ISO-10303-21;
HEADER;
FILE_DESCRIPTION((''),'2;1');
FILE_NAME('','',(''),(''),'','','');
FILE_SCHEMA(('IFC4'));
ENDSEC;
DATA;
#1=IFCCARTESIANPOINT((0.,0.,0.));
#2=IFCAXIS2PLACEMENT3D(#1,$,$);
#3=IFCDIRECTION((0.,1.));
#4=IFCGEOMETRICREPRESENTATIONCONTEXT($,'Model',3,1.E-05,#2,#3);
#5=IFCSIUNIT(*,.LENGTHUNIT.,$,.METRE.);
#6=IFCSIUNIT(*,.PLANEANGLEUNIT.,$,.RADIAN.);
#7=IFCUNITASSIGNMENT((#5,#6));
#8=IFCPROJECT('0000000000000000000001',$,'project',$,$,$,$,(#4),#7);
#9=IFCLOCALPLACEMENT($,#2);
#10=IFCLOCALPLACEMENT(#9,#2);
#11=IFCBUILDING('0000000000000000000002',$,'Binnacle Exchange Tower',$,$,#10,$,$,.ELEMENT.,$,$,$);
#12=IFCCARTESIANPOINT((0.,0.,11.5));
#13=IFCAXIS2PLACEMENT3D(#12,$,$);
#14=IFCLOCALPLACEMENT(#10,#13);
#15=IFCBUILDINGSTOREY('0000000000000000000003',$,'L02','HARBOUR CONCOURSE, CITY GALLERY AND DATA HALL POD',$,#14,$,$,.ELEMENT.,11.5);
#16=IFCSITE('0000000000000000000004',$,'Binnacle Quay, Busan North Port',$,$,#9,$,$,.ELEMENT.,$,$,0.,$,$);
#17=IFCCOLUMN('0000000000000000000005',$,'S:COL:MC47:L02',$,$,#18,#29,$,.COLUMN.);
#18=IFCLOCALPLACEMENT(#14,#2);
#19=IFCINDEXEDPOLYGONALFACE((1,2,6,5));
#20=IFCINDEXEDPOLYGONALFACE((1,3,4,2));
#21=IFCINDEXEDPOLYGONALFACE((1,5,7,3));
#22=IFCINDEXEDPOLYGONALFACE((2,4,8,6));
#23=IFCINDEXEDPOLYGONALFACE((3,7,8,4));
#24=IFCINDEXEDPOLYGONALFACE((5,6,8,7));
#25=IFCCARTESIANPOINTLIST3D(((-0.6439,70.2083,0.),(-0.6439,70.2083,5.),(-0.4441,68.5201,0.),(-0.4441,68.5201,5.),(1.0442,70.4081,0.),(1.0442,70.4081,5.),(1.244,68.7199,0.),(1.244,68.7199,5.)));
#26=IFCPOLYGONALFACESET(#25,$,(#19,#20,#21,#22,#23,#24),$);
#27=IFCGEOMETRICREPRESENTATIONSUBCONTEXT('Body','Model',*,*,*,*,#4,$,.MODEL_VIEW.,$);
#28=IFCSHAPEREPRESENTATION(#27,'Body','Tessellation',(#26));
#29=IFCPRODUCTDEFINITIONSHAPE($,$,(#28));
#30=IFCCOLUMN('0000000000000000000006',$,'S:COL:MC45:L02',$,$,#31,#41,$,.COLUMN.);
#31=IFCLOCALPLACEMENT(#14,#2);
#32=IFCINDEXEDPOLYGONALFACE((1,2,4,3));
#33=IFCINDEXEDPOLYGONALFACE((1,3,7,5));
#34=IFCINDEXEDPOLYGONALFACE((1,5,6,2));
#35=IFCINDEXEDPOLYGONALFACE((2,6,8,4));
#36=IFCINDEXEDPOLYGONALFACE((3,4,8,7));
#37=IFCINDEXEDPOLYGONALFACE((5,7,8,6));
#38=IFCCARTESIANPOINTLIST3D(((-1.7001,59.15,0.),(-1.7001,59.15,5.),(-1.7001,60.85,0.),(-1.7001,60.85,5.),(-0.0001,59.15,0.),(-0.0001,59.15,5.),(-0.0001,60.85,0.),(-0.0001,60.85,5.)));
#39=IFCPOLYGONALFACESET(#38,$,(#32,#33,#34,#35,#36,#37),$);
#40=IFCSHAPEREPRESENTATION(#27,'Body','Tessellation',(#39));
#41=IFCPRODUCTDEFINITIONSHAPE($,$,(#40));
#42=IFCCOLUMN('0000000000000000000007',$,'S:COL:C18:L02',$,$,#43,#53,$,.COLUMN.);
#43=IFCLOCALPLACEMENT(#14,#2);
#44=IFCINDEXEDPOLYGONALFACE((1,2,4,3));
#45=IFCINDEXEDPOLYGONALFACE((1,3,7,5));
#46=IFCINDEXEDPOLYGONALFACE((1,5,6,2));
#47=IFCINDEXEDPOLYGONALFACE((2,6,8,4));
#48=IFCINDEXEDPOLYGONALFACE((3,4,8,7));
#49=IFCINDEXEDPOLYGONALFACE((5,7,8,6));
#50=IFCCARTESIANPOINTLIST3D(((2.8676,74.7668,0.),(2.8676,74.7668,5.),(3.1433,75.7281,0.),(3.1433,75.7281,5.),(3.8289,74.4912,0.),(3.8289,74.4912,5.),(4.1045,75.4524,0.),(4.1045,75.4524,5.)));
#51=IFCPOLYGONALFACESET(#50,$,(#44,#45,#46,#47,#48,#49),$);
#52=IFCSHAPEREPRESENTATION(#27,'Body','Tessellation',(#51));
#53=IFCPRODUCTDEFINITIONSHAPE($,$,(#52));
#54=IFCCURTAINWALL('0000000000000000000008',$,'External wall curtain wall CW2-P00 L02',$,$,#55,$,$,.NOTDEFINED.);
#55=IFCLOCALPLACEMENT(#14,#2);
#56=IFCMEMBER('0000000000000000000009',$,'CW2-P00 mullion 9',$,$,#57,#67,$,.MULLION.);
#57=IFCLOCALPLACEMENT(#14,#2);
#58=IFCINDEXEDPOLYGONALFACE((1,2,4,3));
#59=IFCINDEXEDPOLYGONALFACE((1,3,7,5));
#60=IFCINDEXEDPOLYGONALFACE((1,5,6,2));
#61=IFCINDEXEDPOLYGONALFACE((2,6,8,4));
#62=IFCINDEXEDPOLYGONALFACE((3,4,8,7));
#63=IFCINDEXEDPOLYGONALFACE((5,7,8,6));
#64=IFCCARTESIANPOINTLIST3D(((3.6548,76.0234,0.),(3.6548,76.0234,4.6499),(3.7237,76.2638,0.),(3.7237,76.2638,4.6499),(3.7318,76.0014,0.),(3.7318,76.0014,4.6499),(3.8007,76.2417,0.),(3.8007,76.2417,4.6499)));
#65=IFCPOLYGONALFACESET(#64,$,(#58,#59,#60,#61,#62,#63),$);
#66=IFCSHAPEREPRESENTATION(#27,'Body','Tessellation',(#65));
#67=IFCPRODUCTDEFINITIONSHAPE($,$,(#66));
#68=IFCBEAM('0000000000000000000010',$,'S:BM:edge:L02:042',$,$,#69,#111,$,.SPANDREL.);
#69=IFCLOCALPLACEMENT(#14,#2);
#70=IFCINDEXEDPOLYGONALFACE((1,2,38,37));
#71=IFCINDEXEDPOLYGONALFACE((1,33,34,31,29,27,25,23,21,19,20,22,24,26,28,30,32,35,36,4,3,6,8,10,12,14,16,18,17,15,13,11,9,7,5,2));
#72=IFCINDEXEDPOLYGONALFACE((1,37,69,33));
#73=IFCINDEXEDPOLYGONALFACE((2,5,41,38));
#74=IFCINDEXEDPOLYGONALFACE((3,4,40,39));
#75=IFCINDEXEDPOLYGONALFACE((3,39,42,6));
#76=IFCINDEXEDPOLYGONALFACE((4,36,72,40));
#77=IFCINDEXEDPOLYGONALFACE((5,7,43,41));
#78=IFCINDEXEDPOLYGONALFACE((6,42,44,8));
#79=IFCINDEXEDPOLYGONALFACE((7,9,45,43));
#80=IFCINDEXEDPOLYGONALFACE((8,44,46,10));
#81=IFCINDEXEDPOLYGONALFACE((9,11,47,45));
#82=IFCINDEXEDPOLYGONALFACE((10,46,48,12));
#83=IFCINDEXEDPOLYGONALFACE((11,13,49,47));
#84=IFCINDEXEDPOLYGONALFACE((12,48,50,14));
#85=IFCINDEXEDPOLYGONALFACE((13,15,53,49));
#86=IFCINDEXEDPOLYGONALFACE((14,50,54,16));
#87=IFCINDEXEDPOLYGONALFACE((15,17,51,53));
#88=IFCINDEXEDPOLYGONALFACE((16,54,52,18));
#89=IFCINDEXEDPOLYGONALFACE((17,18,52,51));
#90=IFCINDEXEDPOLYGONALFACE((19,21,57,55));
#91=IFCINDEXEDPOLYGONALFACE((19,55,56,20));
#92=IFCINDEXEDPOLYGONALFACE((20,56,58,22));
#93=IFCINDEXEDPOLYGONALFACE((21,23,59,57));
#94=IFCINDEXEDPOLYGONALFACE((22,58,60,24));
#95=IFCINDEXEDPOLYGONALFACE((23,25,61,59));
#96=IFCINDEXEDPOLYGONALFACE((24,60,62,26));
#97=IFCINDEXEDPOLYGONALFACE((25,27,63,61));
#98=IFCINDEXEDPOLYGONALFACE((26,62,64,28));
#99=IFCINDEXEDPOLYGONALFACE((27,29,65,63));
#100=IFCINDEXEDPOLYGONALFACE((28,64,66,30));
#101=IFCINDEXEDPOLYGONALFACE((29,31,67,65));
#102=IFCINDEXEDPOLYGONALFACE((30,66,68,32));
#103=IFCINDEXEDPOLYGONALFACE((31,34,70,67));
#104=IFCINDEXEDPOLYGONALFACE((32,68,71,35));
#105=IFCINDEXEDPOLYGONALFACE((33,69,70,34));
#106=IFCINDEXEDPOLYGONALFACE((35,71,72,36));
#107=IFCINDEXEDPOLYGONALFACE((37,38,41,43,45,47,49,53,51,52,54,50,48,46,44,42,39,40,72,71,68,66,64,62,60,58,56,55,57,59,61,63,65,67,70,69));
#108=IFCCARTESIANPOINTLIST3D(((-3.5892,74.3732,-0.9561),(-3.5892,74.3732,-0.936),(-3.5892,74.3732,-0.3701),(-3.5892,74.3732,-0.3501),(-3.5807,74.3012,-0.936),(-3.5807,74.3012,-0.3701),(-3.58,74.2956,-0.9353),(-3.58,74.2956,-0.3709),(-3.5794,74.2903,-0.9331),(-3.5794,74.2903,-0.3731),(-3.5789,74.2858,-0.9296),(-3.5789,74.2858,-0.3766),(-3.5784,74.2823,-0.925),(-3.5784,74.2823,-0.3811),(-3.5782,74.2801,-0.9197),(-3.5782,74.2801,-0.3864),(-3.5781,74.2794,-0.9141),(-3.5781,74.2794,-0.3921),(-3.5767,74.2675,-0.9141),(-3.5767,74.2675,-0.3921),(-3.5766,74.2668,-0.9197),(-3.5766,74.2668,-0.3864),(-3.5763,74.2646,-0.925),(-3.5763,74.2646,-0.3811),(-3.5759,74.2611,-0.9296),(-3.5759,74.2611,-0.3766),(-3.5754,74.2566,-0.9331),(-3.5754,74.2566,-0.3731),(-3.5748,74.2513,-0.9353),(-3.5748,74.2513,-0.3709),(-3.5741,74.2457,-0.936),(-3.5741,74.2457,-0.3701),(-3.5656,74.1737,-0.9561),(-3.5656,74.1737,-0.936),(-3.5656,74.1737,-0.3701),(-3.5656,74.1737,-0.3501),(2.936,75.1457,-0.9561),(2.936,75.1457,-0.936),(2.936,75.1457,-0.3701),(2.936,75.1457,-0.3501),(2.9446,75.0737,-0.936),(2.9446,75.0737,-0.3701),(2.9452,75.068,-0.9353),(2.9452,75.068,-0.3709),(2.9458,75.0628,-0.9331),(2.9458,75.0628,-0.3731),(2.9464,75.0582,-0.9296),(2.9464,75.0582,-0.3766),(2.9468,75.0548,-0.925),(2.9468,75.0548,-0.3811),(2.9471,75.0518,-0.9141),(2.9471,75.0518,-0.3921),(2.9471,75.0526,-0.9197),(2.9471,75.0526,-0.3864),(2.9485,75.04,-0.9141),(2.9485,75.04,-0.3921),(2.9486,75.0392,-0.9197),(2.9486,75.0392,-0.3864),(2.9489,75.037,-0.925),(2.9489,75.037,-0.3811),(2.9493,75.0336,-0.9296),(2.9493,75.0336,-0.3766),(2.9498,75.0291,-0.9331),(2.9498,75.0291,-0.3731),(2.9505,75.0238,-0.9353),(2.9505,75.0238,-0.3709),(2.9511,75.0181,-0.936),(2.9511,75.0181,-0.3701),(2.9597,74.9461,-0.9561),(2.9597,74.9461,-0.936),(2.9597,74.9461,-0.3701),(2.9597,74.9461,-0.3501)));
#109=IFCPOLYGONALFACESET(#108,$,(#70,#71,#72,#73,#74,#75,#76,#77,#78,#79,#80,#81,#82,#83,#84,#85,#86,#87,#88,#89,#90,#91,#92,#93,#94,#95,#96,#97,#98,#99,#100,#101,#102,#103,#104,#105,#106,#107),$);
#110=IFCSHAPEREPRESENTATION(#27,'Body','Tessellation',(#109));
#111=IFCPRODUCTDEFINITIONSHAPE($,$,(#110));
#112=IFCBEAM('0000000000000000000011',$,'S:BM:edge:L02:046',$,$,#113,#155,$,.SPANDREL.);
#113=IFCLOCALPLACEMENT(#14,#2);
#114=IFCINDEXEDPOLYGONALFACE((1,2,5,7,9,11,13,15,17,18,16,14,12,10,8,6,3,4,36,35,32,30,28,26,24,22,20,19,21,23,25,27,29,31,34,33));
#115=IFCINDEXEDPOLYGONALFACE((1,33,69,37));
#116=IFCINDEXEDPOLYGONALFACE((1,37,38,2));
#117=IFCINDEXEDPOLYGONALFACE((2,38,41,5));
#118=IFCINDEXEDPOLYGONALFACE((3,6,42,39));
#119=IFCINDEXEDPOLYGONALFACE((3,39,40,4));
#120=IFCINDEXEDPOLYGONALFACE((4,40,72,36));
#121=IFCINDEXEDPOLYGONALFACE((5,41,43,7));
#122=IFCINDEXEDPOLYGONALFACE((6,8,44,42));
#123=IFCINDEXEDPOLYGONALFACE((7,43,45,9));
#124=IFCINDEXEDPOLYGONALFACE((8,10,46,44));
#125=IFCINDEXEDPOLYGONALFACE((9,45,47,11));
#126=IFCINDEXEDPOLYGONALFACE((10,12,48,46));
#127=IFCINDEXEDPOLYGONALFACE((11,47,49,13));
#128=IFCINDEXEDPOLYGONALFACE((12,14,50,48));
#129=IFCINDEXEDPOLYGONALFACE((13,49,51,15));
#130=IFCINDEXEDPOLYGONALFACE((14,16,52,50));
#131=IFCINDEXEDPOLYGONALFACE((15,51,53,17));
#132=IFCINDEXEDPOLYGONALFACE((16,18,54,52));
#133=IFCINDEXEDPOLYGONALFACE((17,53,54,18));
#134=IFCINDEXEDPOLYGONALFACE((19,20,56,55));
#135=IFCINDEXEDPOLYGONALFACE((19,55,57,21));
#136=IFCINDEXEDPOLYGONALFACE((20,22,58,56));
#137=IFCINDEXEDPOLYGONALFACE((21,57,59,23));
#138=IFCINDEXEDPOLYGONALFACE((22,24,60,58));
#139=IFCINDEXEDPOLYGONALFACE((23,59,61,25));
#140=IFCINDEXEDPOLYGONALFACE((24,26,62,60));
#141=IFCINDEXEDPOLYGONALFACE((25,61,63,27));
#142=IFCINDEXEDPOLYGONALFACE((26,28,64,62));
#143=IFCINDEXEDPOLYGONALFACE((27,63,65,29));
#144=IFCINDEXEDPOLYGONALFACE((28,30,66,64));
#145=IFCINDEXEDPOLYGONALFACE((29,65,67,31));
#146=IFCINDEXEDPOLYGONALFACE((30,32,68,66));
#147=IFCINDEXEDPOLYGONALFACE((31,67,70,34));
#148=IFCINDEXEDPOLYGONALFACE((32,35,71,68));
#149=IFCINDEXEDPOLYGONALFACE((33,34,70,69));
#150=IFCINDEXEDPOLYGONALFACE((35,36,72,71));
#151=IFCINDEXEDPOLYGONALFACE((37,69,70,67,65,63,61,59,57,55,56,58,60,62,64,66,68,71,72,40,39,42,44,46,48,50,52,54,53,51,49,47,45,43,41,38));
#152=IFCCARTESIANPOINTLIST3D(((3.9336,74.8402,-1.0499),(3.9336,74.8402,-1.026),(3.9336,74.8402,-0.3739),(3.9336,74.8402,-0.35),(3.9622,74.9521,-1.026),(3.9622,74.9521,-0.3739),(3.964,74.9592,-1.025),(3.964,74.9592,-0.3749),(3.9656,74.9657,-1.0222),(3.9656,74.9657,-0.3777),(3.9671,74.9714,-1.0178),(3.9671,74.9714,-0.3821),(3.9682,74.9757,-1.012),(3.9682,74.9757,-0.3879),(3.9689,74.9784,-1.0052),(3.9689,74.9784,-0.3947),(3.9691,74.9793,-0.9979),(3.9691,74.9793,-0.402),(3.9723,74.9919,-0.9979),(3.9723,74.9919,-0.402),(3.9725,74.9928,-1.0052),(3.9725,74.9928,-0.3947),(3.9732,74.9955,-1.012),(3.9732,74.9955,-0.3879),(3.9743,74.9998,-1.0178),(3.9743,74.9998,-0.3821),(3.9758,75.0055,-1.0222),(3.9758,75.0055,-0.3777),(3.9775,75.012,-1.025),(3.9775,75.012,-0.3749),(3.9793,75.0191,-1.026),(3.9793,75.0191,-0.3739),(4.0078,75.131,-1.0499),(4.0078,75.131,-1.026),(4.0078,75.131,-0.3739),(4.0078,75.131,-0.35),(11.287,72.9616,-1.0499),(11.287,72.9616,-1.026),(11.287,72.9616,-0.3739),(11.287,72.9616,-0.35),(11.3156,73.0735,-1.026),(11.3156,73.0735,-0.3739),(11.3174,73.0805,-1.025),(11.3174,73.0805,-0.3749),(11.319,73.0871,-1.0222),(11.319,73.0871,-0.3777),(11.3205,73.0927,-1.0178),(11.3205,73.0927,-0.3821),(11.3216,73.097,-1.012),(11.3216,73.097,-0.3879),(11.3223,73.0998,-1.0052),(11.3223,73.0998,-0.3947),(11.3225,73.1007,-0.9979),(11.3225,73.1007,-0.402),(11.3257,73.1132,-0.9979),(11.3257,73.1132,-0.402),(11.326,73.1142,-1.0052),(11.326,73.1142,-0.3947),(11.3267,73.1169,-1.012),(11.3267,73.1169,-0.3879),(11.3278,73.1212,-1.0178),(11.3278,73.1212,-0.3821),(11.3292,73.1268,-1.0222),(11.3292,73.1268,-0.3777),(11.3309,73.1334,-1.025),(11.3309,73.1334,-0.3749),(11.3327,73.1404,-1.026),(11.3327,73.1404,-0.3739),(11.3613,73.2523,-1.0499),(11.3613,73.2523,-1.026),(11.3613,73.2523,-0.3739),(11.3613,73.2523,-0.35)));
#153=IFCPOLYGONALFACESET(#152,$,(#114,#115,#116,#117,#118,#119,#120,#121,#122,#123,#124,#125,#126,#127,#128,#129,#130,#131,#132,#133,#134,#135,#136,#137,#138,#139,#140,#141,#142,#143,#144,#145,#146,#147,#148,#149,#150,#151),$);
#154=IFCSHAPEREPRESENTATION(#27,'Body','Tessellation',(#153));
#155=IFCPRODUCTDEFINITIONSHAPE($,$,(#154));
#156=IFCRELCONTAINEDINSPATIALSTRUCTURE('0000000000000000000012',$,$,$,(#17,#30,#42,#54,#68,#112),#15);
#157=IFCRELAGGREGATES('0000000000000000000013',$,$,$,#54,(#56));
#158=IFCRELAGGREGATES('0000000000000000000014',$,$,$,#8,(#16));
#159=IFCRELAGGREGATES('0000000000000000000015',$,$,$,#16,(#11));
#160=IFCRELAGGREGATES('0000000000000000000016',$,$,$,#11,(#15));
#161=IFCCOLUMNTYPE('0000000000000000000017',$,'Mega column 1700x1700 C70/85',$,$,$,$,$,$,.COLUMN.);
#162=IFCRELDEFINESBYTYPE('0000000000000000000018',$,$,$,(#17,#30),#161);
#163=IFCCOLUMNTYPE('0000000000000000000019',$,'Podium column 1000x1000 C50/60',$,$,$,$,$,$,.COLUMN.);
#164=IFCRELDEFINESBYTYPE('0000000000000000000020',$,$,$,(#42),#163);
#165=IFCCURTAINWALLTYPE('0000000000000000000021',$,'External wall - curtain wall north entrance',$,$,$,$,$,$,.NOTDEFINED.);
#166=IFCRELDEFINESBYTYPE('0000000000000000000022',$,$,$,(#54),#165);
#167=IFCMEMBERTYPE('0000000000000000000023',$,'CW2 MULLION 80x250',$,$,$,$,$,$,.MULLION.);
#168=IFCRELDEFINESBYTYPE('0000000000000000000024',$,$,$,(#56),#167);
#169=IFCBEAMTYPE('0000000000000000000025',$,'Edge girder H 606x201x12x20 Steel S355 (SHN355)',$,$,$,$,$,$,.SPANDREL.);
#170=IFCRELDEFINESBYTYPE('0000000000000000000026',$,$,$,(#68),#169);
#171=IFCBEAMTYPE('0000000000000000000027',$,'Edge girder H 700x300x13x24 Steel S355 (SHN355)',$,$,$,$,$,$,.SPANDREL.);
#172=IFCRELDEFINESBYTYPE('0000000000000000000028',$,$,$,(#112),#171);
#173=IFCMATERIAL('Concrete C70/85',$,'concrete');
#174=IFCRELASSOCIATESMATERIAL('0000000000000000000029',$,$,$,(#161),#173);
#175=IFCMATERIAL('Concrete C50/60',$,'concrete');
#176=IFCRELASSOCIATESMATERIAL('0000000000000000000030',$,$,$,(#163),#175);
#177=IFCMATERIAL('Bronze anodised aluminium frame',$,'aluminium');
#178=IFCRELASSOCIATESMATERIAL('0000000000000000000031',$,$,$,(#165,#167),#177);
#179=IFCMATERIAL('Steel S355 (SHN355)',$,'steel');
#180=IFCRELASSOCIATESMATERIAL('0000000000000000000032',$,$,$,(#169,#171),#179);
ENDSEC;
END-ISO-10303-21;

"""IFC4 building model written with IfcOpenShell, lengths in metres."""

from ifc_helpers import new_model, si_unit, direction, frame, origin, origin_2d, place, context, subcontext, project, spatial, rectangle, i_section, extrude, material, material_profile, profile_set, type_object, element, aggregate, save


model = new_model("IFC4")

# Units and contexts
model_context = context("Model", 3, precision=1e-05, world=origin(), true_north=direction((0.0, 1.0)))
body_context = subcontext(model_context, "Body", "Model", "MODEL_VIEW")
ifc_project = project(units=[si_unit("LENGTHUNIT", "METRE"), si_unit("PLANEANGLEUNIT", "RADIAN")], contexts=[model_context])

# Site, building, storey
site_placement = place(None, origin())
site = spatial("IfcSite", under=ifc_project, at=site_placement, Name="Binnacle Quay, Busan North Port", CompositionType="ELEMENT", RefElevation=0.0)
building_placement = place(site_placement, origin())
building = spatial("IfcBuilding", under=site, at=building_placement, Name="Binnacle Exchange Tower", CompositionType="ELEMENT")
storey_placement = place(building_placement, frame((0.0, 0.0, 11.5)))
storey = spatial("IfcBuildingStorey", under=building, at=storey_placement, Name="L02", Description="HARBOUR CONCOURSE, CITY GALLERY AND DATA HALL POD", CompositionType="ELEMENT", Elevation=11.5)

# Columns
ifc_material_1 = material(Name="Concrete C70/85", Category="concrete")
ifc_material_profile_1 = material_profile(ifc_material_1, rectangle(XDim=1.7, YDim=1.7, at=origin_2d()), Name="Mega column 1700x1700 C70/85")
ifc_profile_set_1 = profile_set([ifc_material_profile_1], Name="Concrete C70/85")
column_type_1 = type_object("IfcColumnType", Name="Mega column 1700x1700 C70/85", PredefinedType="COLUMN", material=ifc_profile_set_1)
for number, where, z_axis, x_axis, name in (
    (1, (0.3, 69.4641, 0.0), (0.0, 0.0, 1.0), (-0.993068, -0.117537, 0.0), "S:COL:MC47:L02"),
    (2, (-0.8501, 60.0, 0.0), (0.0, 0.0, 1.0), (0.0, 1.0, 0.0), "S:COL:MC45:L02"),
):
    element("IfcColumn", number, at=place(storey_placement, frame(where, z_axis=z_axis, x_axis=x_axis)), inside=storey, type_object=column_type_1, Name=name, PredefinedType="COLUMN", context=body_context, shape_type="SweptSolid", body=[
        extrude(rectangle(XDim=1.7, YDim=1.7, at=origin_2d()), origin(), (0.0, 0.0, 1.0), 5.0),
    ])
ifc_material_2 = material(Name="Concrete C50/60", Category="concrete")
ifc_material_profile_2 = material_profile(ifc_material_2, rectangle(XDim=1.0, YDim=1.0, at=origin_2d()), Name="Podium column 1000x1000 C50/60")
ifc_profile_set_2 = profile_set([ifc_material_profile_2], Name="Concrete C50/60")
column_type_2 = type_object("IfcColumnType", Name="Podium column 1000x1000 C50/60", PredefinedType="COLUMN", material=ifc_profile_set_2)
column_placement = place(storey_placement, frame((3.4861, 75.1096, 0.0), z_axis=(0.0, 0.0, 1.0), x_axis=(-0.961262, 0.275637, 0.0)))
element("IfcColumn", 3, at=column_placement, inside=storey, type_object=column_type_2, Name="S:COL:C18:L02", PredefinedType="COLUMN", context=body_context, shape_type="SweptSolid", body=[
    extrude(rectangle(XDim=1.0, YDim=1.0, at=origin_2d()), origin(), (0.0, 0.0, 1.0), 5.0),
])

# Curtain wall, member
ifc_material_3 = material(Name="Bronze anodised aluminium frame", Category="aluminium")
curtain_wall_type = type_object("IfcCurtainWallType", Name="External wall - curtain wall north entrance", PredefinedType="NOTDEFINED", material=ifc_material_3)
curtain_wall_placement = place(storey_placement, origin())
curtain_wall = element("IfcCurtainWall", 4, at=curtain_wall_placement, inside=storey, type_object=curtain_wall_type, Name="External wall curtain wall CW2-P00 L02", PredefinedType="NOTDEFINED")
ifc_material_profile_3 = material_profile(ifc_material_3, rectangle(XDim=0.25, YDim=0.0801, at=origin_2d()), Name="AL 80x250")
ifc_profile_set_3 = profile_set([ifc_material_profile_3], Name="Bronze anodised aluminium frame")
member_type = type_object("IfcMemberType", Name="CW2 MULLION 80x250", PredefinedType="MULLION", material=ifc_profile_set_3)
member_placement = place(storey_placement, frame((3.7278, 76.1326, 0.0), z_axis=(0.0, 0.0, 1.0), x_axis=(-0.275637, -0.961262, 0.0)))
member = element("IfcMember", 5, at=member_placement, type_object=member_type, Name="CW2-P00 mullion 9", PredefinedType="MULLION", context=body_context, shape_type="SweptSolid", body=[
    extrude(rectangle(XDim=0.25, YDim=0.0801, at=origin_2d()), origin(), (0.0, 0.0, 1.0), 4.6499),
])

# Beams
ifc_material_4 = material(Name="Steel S355 (SHN355)", Category="steel")
ifc_material_profile_4 = material_profile(ifc_material_4, i_section(OverallWidth=0.2009, OverallDepth=0.606, WebThickness=0.012, FlangeThickness=0.02, FilletRadius=0.022, at=origin_2d()), Name="H 606x201x12x20")
ifc_profile_set_4 = profile_set([ifc_material_profile_4], Name="Steel S355 (SHN355)")
beam_type_1 = type_object("IfcBeamType", Name="Edge girder H 606x201x12x20 Steel S355 (SHN355)", PredefinedType="SPANDREL", material=ifc_profile_set_4)
beam_1_placement = place(storey_placement, frame((-3.5774, 74.2734, -0.6531), z_axis=(0.993066, 0.117561, 0.0), x_axis=(-0.117561, 0.993066, 0.0)))
element("IfcBeam", 6, at=beam_1_placement, inside=storey, type_object=beam_type_1, Name="S:BM:edge:L02:042", PredefinedType="SPANDREL", context=body_context, shape_type="SweptSolid", body=[
    extrude(i_section(OverallWidth=0.2009, OverallDepth=0.606, WebThickness=0.012, FlangeThickness=0.02, FilletRadius=0.022, at=origin_2d()), origin(), (0.0, 0.0, 1.0), 6.5708),
])
ifc_material_profile_5 = material_profile(ifc_material_4, i_section(OverallWidth=0.3, OverallDepth=0.7, WebThickness=0.0129, FlangeThickness=0.0239, FilletRadius=0.0281, at=origin_2d()), Name="H 700x300x13x24")
ifc_profile_set_5 = profile_set([ifc_material_profile_5], Name="Steel S355 (SHN355)")
beam_type_2 = type_object("IfcBeamType", Name="Edge girder H 700x300x13x24 Steel S355 (SHN355)", PredefinedType="SPANDREL", material=ifc_profile_set_5)
beam_2_placement = place(storey_placement, frame((3.9707, 74.9856, -0.7), z_axis=(0.968881, -0.247528, 0.0), x_axis=(0.247528, 0.968881, 0.0)))
element("IfcBeam", 7, at=beam_2_placement, inside=storey, type_object=beam_type_2, Name="S:BM:edge:L02:046", PredefinedType="SPANDREL", context=body_context, shape_type="SweptSolid", body=[
    extrude(i_section(OverallWidth=0.3, OverallDepth=0.7, WebThickness=0.0129, FlangeThickness=0.0239, FilletRadius=0.0281, at=origin_2d()), origin(), (0.0, 0.0, 1.0), 7.5896),
])

aggregate(curtain_wall, [member])

save(model, "model.ifc")
